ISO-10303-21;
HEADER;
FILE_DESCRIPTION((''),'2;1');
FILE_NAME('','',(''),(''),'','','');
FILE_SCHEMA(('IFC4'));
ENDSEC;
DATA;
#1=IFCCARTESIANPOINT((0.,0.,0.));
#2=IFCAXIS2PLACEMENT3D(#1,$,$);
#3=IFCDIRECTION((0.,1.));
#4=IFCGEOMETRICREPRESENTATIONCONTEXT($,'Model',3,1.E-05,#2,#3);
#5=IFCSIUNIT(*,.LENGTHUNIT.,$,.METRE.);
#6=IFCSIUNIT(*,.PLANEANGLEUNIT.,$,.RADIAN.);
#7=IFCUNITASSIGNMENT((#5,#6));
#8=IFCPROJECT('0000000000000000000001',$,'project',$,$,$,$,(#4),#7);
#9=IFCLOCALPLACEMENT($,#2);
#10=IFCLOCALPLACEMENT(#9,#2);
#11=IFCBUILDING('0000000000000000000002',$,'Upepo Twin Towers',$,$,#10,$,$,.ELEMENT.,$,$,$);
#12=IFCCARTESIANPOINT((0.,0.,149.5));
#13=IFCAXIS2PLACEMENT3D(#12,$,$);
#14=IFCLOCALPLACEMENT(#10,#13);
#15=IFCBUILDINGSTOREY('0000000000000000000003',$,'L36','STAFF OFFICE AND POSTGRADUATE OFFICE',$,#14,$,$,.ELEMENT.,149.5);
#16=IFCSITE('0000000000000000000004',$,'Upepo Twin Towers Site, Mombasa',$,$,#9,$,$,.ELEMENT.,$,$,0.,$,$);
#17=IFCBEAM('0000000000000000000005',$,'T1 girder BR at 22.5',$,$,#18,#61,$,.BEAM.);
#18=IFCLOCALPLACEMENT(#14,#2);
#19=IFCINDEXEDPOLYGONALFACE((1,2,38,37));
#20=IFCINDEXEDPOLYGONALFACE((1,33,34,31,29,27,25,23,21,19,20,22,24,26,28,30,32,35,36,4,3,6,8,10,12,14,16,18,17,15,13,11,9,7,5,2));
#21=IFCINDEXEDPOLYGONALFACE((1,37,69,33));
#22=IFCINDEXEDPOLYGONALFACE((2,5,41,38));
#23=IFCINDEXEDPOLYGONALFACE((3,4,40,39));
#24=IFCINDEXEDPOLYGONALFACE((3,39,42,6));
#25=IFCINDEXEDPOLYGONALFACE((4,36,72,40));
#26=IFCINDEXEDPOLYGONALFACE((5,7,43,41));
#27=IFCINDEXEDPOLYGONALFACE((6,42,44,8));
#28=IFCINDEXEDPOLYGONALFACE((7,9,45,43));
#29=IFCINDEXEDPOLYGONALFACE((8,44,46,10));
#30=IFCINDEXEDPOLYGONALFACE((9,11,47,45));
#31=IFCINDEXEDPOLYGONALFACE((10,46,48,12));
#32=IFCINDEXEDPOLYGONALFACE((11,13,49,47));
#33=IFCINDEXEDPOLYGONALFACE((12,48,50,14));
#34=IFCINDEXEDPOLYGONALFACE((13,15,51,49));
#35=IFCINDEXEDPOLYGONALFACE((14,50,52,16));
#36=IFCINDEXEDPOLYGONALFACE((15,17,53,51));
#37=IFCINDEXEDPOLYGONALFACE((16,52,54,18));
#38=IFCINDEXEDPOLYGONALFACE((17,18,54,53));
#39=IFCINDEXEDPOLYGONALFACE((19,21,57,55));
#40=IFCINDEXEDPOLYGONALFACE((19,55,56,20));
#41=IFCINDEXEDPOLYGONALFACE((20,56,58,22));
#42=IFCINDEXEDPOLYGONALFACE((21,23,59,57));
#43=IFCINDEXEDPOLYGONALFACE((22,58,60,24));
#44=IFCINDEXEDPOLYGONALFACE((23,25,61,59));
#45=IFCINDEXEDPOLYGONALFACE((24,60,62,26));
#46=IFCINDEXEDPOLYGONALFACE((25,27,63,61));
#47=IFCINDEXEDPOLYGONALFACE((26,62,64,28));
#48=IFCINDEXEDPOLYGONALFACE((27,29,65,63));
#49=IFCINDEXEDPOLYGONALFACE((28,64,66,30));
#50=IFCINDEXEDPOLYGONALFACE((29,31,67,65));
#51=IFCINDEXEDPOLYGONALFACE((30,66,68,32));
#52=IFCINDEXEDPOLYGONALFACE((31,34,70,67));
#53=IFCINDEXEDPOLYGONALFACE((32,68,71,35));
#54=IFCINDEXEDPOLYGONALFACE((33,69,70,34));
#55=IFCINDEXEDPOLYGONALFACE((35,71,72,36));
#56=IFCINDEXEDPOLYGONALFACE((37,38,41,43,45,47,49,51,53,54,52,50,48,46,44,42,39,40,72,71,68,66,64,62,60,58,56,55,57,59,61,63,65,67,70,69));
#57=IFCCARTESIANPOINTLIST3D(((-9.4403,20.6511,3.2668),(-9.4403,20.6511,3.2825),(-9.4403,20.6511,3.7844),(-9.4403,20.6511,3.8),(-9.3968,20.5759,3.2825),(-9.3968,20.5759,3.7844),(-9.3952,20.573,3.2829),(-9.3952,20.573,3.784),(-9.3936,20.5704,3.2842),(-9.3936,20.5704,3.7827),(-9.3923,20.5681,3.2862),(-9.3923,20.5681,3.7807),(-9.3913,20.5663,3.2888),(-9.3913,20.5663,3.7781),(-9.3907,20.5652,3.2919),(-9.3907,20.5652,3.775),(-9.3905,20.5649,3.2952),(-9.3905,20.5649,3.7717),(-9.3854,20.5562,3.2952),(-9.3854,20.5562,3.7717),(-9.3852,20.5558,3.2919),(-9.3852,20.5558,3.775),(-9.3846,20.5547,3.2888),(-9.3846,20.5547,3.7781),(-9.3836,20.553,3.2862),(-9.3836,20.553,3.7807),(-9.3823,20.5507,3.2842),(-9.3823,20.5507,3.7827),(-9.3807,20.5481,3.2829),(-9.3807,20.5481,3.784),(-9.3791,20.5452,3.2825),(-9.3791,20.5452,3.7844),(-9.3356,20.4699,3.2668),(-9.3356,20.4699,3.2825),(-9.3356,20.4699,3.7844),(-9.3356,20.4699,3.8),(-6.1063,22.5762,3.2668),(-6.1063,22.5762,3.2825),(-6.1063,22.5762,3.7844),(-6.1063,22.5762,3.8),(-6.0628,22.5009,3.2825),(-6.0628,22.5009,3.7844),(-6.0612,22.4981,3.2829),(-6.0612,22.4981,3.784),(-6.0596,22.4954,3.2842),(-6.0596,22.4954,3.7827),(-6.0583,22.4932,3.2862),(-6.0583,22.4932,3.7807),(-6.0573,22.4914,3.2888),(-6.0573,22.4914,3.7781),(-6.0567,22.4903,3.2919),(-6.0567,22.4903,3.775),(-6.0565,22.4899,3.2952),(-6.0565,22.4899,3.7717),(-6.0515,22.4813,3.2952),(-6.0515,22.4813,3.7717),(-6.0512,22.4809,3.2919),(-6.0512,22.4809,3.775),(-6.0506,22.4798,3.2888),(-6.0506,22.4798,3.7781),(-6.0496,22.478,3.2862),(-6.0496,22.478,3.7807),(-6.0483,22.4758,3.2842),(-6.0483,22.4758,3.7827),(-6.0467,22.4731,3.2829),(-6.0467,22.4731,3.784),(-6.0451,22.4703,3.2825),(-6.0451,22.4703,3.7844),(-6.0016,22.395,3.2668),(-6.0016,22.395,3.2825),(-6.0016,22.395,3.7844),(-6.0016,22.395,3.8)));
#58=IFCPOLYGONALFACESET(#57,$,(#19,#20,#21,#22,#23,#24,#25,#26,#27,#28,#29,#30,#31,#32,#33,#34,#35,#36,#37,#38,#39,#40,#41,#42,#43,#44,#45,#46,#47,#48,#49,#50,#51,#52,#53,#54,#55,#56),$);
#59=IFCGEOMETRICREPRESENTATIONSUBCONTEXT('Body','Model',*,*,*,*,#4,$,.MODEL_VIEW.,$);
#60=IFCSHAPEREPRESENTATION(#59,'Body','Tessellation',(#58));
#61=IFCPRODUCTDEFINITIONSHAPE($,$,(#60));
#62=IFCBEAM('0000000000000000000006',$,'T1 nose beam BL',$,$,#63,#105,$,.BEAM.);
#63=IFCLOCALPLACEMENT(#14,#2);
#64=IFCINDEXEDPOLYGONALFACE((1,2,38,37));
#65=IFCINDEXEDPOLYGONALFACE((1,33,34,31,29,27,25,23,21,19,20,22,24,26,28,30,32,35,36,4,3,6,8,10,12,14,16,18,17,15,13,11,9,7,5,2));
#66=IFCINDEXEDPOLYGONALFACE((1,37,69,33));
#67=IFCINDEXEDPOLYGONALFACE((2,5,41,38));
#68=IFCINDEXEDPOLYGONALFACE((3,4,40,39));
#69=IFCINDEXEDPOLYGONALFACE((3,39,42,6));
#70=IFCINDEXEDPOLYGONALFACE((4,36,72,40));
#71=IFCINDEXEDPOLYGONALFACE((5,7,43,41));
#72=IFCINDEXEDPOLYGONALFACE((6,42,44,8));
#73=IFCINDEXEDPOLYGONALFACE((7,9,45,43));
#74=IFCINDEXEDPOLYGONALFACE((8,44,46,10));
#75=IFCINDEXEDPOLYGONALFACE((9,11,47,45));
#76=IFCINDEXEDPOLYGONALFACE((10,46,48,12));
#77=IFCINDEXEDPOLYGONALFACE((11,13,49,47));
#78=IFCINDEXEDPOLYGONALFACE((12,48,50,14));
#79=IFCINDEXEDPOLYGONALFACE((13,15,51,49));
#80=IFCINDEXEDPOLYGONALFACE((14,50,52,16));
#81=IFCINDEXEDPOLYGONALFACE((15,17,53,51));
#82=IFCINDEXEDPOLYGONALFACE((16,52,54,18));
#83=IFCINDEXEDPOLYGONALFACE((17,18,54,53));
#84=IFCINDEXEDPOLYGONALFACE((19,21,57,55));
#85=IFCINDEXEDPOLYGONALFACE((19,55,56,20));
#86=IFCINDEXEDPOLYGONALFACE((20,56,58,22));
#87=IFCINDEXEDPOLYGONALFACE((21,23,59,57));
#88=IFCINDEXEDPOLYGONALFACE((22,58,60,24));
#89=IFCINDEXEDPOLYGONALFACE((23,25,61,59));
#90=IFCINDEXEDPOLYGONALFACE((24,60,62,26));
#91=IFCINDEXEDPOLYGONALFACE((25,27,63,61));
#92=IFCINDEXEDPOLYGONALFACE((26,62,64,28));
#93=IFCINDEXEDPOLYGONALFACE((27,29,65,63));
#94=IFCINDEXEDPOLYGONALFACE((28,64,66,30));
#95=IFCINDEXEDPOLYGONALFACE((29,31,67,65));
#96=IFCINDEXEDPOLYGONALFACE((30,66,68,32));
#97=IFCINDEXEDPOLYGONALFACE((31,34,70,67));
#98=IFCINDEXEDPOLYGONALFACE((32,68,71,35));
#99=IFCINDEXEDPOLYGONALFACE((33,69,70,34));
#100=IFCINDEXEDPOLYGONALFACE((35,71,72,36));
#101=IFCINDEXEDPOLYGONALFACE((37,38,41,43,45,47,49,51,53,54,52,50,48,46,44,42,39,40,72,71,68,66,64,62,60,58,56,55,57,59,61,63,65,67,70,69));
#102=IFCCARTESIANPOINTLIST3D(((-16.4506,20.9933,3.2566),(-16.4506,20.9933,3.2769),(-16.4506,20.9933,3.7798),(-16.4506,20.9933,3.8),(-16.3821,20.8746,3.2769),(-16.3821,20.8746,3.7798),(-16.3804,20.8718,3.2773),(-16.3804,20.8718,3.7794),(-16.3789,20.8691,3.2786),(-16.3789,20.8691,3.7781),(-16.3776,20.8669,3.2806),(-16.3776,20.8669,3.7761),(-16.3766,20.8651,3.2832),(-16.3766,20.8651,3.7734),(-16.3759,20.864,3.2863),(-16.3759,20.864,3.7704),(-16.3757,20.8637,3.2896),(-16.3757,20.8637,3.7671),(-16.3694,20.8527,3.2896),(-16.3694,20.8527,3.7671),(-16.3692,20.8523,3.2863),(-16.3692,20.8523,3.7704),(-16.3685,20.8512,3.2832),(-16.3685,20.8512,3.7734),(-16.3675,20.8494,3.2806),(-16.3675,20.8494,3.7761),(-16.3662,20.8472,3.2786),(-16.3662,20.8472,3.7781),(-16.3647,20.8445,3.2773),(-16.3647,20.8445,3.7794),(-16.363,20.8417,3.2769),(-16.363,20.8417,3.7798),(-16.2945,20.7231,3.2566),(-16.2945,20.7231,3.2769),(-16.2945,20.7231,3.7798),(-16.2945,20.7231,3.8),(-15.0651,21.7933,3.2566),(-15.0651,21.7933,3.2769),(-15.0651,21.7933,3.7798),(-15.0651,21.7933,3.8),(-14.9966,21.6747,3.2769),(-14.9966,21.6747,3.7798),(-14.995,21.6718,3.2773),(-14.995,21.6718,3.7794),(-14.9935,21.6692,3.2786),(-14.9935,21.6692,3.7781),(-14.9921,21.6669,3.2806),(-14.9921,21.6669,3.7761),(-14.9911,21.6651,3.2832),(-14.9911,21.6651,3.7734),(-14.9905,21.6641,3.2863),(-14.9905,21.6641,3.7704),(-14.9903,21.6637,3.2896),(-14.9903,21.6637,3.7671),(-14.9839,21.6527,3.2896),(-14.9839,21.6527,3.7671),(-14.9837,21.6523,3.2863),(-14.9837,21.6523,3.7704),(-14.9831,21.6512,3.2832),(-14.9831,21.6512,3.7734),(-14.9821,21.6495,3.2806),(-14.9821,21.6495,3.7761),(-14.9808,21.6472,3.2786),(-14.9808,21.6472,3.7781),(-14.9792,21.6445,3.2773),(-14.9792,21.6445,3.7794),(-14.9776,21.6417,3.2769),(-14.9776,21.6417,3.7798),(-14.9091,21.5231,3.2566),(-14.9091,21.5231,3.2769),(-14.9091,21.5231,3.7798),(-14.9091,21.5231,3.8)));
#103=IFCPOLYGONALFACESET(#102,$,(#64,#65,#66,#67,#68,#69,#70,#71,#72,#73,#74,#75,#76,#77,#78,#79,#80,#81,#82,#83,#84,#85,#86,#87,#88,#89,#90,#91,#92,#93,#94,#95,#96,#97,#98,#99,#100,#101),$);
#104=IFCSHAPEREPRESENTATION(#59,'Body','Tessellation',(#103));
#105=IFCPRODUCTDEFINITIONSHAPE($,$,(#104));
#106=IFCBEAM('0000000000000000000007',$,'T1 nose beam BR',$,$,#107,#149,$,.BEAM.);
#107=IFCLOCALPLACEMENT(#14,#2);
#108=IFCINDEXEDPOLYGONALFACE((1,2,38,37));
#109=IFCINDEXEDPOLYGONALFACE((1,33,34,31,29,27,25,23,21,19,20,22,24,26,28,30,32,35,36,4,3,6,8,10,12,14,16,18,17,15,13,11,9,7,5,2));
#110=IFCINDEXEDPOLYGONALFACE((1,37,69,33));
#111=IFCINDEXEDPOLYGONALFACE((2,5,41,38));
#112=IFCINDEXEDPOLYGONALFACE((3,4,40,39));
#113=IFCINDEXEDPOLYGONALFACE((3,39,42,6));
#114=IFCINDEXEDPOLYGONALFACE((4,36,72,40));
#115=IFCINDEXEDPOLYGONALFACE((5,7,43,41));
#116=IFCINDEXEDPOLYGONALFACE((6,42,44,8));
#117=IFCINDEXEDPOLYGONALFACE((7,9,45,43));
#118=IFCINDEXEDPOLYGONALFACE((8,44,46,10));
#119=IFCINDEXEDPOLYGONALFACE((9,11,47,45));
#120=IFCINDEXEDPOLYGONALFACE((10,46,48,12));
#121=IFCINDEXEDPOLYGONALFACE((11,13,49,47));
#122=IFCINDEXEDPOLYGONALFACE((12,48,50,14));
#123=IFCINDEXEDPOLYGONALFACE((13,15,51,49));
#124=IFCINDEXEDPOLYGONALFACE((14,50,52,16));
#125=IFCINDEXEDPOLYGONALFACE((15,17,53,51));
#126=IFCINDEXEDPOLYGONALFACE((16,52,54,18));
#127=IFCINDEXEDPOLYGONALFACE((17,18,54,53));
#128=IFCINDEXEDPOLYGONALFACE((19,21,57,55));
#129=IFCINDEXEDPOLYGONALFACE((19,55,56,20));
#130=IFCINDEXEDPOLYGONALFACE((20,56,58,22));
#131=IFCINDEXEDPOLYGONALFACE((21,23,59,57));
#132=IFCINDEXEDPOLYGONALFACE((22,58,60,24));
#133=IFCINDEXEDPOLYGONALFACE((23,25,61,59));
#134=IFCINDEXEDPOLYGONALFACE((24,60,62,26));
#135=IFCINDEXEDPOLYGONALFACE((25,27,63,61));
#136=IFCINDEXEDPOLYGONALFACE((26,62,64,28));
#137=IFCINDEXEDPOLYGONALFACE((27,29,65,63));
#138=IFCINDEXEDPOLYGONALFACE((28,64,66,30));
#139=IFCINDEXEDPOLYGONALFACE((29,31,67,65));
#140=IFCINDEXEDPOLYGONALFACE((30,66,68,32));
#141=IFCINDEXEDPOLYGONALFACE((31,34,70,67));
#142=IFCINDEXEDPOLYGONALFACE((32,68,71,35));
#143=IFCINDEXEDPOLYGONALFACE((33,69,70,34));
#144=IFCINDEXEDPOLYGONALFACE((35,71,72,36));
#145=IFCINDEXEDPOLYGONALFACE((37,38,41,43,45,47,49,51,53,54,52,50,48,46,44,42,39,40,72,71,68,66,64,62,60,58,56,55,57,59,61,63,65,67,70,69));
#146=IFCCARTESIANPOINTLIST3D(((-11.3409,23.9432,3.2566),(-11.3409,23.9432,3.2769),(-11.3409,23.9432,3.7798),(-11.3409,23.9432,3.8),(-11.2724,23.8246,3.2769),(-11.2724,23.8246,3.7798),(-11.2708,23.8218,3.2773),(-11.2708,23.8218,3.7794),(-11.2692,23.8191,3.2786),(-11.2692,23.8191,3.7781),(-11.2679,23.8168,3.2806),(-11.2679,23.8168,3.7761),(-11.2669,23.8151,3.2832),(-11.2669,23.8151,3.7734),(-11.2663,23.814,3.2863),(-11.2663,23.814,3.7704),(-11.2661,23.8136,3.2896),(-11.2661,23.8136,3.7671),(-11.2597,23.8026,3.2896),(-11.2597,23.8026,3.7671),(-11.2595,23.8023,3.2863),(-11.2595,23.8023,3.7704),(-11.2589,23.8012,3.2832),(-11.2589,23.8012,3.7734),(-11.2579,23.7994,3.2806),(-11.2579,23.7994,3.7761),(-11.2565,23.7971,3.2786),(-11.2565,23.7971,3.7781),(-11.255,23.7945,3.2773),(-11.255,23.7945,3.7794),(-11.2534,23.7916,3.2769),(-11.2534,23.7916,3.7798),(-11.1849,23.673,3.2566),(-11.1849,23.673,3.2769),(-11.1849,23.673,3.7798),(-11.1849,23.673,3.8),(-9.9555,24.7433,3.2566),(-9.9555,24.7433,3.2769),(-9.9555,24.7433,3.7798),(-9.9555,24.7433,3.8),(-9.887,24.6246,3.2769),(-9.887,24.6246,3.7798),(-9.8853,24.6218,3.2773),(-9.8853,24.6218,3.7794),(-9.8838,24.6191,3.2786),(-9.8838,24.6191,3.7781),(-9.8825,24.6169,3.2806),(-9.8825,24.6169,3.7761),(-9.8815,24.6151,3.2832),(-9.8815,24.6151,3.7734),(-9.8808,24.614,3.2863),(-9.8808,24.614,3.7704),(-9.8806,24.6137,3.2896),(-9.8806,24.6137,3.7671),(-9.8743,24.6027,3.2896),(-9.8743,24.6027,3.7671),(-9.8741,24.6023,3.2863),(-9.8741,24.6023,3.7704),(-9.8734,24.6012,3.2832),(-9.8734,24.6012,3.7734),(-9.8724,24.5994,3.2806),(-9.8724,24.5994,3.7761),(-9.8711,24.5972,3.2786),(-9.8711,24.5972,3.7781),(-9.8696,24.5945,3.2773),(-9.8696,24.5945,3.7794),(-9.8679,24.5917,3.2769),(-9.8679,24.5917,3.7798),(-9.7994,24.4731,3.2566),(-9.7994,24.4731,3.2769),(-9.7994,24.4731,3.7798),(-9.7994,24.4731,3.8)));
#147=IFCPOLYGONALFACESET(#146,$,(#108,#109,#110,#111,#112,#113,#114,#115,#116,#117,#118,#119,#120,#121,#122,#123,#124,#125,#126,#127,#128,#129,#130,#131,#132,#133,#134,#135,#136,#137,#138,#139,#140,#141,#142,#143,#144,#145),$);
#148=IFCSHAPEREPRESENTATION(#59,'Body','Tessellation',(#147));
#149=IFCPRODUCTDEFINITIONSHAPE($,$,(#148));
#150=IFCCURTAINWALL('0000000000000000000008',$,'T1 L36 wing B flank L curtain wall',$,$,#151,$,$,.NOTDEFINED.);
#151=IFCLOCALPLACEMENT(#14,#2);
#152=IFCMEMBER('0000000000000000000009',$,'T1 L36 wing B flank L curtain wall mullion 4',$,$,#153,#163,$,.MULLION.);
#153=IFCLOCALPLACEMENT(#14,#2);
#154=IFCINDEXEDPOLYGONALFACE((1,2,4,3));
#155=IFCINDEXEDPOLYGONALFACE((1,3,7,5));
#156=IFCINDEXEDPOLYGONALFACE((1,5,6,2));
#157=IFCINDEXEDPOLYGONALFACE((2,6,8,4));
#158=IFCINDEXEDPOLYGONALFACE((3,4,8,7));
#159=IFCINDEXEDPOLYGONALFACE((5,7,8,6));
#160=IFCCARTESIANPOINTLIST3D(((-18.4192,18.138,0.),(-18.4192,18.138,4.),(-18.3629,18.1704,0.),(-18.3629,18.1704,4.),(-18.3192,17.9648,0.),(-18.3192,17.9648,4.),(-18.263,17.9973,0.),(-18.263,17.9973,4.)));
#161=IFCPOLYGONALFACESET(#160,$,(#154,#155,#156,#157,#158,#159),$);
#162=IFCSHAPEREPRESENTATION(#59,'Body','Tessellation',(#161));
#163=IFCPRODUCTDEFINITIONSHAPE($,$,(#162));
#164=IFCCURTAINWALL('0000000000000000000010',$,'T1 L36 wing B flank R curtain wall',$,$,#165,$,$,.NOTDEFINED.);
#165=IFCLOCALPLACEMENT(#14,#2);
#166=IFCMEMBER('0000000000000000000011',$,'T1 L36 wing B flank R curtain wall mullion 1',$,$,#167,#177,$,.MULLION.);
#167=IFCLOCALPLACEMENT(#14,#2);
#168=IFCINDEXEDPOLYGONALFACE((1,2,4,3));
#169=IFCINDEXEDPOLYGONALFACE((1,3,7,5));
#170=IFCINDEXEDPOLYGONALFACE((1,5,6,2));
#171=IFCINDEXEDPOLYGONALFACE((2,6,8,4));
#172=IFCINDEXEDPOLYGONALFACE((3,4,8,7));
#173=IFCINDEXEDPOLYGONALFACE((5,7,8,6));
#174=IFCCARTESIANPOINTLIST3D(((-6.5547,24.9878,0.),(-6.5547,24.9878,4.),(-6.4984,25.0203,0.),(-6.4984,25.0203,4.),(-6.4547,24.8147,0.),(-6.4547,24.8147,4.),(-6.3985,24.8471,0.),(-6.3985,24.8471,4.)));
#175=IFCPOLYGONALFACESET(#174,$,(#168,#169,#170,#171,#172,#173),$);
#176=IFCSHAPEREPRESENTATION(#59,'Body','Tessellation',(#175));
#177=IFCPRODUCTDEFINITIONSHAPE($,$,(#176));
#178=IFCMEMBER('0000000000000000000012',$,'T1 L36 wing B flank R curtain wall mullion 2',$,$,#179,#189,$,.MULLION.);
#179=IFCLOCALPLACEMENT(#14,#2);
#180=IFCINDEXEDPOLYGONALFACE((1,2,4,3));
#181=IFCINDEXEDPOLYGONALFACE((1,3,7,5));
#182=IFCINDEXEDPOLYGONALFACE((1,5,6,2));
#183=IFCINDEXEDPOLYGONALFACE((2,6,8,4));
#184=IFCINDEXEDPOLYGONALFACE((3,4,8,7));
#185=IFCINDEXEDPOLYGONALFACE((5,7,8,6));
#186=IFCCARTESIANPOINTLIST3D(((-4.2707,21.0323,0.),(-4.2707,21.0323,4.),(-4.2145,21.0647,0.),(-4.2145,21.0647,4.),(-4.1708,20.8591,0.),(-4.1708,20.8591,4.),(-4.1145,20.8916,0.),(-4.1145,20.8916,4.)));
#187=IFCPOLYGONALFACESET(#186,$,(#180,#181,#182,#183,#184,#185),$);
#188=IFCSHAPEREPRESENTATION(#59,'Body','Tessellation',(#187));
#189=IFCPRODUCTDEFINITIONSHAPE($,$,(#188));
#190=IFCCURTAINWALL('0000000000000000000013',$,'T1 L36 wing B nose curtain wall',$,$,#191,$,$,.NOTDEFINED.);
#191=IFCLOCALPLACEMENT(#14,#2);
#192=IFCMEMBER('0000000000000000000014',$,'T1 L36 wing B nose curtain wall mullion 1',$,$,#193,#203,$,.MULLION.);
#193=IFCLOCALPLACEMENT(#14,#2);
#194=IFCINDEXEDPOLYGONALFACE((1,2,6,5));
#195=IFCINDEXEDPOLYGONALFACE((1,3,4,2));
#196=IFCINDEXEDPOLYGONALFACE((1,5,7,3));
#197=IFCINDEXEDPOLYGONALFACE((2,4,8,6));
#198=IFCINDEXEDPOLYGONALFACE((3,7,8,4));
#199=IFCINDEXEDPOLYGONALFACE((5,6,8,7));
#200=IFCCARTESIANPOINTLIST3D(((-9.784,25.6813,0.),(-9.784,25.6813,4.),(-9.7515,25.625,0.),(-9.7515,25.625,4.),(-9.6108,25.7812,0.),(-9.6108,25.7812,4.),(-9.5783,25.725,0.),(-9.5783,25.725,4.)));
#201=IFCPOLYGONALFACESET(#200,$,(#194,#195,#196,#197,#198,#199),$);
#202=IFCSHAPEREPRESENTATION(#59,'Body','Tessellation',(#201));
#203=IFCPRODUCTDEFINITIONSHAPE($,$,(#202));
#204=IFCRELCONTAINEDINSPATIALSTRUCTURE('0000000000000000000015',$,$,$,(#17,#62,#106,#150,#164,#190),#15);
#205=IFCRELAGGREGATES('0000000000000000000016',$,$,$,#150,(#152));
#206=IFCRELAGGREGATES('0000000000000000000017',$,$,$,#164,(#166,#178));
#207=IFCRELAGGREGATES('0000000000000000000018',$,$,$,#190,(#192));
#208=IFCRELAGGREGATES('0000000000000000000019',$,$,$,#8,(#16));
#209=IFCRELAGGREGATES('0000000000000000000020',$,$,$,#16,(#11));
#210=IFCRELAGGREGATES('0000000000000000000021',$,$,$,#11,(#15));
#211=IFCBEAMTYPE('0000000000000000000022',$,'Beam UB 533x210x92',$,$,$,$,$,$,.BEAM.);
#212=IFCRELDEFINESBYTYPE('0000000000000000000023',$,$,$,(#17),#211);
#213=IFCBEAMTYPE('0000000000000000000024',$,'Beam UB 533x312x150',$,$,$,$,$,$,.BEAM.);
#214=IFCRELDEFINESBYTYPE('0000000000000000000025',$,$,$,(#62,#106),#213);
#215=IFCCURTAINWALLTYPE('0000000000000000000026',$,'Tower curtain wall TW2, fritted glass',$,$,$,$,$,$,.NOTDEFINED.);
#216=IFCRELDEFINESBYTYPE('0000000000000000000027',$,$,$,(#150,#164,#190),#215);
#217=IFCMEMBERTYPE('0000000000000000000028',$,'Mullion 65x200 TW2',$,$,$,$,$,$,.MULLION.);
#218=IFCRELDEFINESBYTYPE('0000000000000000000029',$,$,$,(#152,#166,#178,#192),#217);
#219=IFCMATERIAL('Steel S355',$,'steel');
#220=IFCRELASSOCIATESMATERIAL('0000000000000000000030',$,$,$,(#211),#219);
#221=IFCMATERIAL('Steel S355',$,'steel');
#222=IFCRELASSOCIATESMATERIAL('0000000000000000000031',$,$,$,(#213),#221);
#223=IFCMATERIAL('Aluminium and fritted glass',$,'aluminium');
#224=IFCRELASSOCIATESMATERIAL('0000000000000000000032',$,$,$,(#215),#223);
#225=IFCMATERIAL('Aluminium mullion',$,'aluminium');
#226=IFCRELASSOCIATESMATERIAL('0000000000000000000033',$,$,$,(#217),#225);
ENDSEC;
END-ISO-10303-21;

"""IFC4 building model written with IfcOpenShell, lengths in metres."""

from ifc_helpers import new_model, si_unit, direction, frame, origin, origin_2d, place, context, subcontext, project, spatial, rectangle, i_section, extrude, material, material_profile, profile_set, type_object, element, aggregate, save


model = new_model("IFC4")

# Units and contexts
model_context = context("Model", 3, precision=1e-05, world=origin(), true_north=direction((0.0, 1.0)))
body_context = subcontext(model_context, "Body", "Model", "MODEL_VIEW")
ifc_project = project(units=[si_unit("LENGTHUNIT", "METRE"), si_unit("PLANEANGLEUNIT", "RADIAN")], contexts=[model_context])

# Site, building, storey
site_placement = place(None, origin())
site = spatial("IfcSite", under=ifc_project, at=site_placement, Name="Upepo Twin Towers Site, Mombasa", CompositionType="ELEMENT", RefElevation=0.0)
building_placement = place(site_placement, origin())
building = spatial("IfcBuilding", under=site, at=building_placement, Name="Upepo Twin Towers", CompositionType="ELEMENT")
storey_placement = place(building_placement, frame((0.0, 0.0, 149.5)))
storey = spatial("IfcBuildingStorey", under=building, at=storey_placement, Name="L36", Description="STAFF OFFICE AND POSTGRADUATE OFFICE", CompositionType="ELEMENT", Elevation=149.5)

# Beams
ifc_material_1 = material(Name="Steel S355", Category="steel")
ifc_material_profile_1 = material_profile(ifc_material_1, i_section(OverallWidth=0.2092, OverallDepth=0.5332, WebThickness=0.01, FlangeThickness=0.0156, FilletRadius=0.0127, at=origin_2d()), Name="UB 533x210x92")
ifc_profile_set_1 = profile_set([ifc_material_profile_1], Name="Steel S355")
beam_type_1 = type_object("IfcBeamType", Name="Beam UB 533x210x92", PredefinedType="BEAM", material=ifc_profile_set_1)
for number, where, z_axis, x_axis, name in (
    (1, (-6.054, 22.4856, 3.5334), (-0.866006, -0.500034, 0.0), (0.500034, -0.866006, 0.0), "T1 girder BR at 22.5"),
):
    element("IfcBeam", number, at=place(storey_placement, frame(where, z_axis=z_axis, x_axis=x_axis)), inside=storey, type_object=beam_type_1, Name=name, PredefinedType="BEAM", context=body_context, shape_type="SweptSolid", body=[
        extrude(i_section(OverallWidth=0.2092, OverallDepth=0.5332, WebThickness=0.01, FlangeThickness=0.0156, FilletRadius=0.0127, at=origin_2d()), origin(), (0.0, 0.0, 1.0), 3.8499),
    ])
ifc_material_2 = material(Name="Steel S355", Category="steel")
ifc_material_profile_2 = material_profile(ifc_material_2, i_section(OverallWidth=0.312, OverallDepth=0.5435, WebThickness=0.0127, FlangeThickness=0.0203, FilletRadius=0.0127, at=origin_2d()), Name="UB 533x312x150")
ifc_profile_set_2 = profile_set([ifc_material_profile_2], Name="Steel S355")
beam_type_2 = type_object("IfcBeamType", Name="Beam UB 533x312x150", PredefinedType="BEAM", material=ifc_profile_set_2)
for number, where, z_axis, x_axis, name in (
    (2, (-16.3726, 20.8582, 3.5283), (0.86599, 0.500061, 0.0), (-0.500061, 0.86599, 0.0), "T1 nose beam BL"),
    (3, (-9.8774, 24.6082, 3.5283), (-0.86599, -0.500061, 0.0), (0.500061, -0.86599, 0.0), "T1 nose beam BR"),
):
    element("IfcBeam", number, at=place(storey_placement, frame(where, z_axis=z_axis, x_axis=x_axis)), inside=storey, type_object=beam_type_2, Name=name, PredefinedType="BEAM", context=body_context, shape_type="SweptSolid", body=[
        extrude(i_section(OverallWidth=0.312, OverallDepth=0.5435, WebThickness=0.0127, FlangeThickness=0.0203, FilletRadius=0.0127, at=origin_2d()), origin(), (0.0, 0.0, 1.0), 1.5999),
    ])

# Curtain wall, member
ifc_material_3 = material(Name="Aluminium and fritted glass", Category="aluminium")
curtain_wall_type = type_object("IfcCurtainWallType", Name="Tower curtain wall TW2, fritted glass", PredefinedType="NOTDEFINED", material=ifc_material_3)
curtain_wall_1_placement = place(storey_placement, origin())
curtain_wall_1 = element("IfcCurtainWall", 4, at=curtain_wall_1_placement, inside=storey, type_object=curtain_wall_type, Name="T1 L36 wing B flank L curtain wall", PredefinedType="NOTDEFINED")
ifc_material_4 = material(Name="Aluminium mullion", Category="aluminium")
ifc_material_profile_3 = material_profile(ifc_material_4, rectangle(XDim=0.0649, YDim=0.2, at=origin_2d()), Name="MULLION 65x200")
ifc_profile_set_3 = profile_set([ifc_material_profile_3], Name="Aluminium mullion")
member_type_1 = type_object("IfcMemberType", Name="Mullion 65x200 TW2", PredefinedType="MULLION", material=ifc_profile_set_3)
member_1_placement = place(storey_placement, frame((-18.3411, 18.0676, 0.0), z_axis=(0.0, 0.0, 1.0), x_axis=(-0.866025, -0.5, 0.0)))
member_1 = element("IfcMember", 5, at=member_1_placement, type_object=member_type_1, Name="T1 L36 wing B flank L curtain wall mullion 4", PredefinedType="MULLION", context=body_context, shape_type="SweptSolid", body=[
    extrude(rectangle(XDim=0.0649, YDim=0.2, at=origin_2d()), origin(), (0.0, 0.0, 1.0), 4.0),
])
aggregate(curtain_wall_1, [member_1])

# Curtain walls, members
curtain_wall_2_placement = place(storey_placement, origin())
curtain_wall_2 = element("IfcCurtainWall", 6, at=curtain_wall_2_placement, inside=storey, type_object=curtain_wall_type, Name="T1 L36 wing B flank R curtain wall", PredefinedType="NOTDEFINED")
member_2_placement = place(storey_placement, frame((-6.4766, 24.9175, 0.0), z_axis=(0.0, 0.0, 1.0), x_axis=(0.866025, 0.5, 0.0)))
member_2 = element("IfcMember", 7, at=member_2_placement, type_object=member_type_1, Name="T1 L36 wing B flank R curtain wall mullion 1", PredefinedType="MULLION", context=body_context, shape_type="SweptSolid", body=[
    extrude(rectangle(XDim=0.0649, YDim=0.2, at=origin_2d()), origin(), (0.0, 0.0, 1.0), 4.0),
])
member_3_placement = place(storey_placement, frame((-4.1926, 20.9619, 0.0), z_axis=(0.0, 0.0, 1.0), x_axis=(0.866025, 0.5, 0.0)))
member_3 = element("IfcMember", 8, at=member_3_placement, type_object=member_type_1, Name="T1 L36 wing B flank R curtain wall mullion 2", PredefinedType="MULLION", context=body_context, shape_type="SweptSolid", body=[
    extrude(rectangle(XDim=0.0649, YDim=0.2, at=origin_2d()), origin(), (0.0, 0.0, 1.0), 4.0),
])
curtain_wall_3_placement = place(storey_placement, origin())
curtain_wall_3 = element("IfcCurtainWall", 9, at=curtain_wall_3_placement, inside=storey, type_object=curtain_wall_type, Name="T1 L36 wing B nose curtain wall", PredefinedType="NOTDEFINED")
member_4_placement = place(storey_placement, frame((-9.6812, 25.7031, 0.0), z_axis=(0.0, 0.0, 1.0), x_axis=(0.5, -0.866025, 0.0)))
member_4 = element("IfcMember", 10, at=member_4_placement, type_object=member_type_1, Name="T1 L36 wing B nose curtain wall mullion 1", PredefinedType="MULLION", context=body_context, shape_type="SweptSolid", body=[
    extrude(rectangle(XDim=0.0649, YDim=0.2, at=origin_2d()), origin(), (0.0, 0.0, 1.0), 4.0),
])

aggregate(curtain_wall_2, [member_2, member_3])
aggregate(curtain_wall_3, [member_4])

save(model, "model.ifc")
